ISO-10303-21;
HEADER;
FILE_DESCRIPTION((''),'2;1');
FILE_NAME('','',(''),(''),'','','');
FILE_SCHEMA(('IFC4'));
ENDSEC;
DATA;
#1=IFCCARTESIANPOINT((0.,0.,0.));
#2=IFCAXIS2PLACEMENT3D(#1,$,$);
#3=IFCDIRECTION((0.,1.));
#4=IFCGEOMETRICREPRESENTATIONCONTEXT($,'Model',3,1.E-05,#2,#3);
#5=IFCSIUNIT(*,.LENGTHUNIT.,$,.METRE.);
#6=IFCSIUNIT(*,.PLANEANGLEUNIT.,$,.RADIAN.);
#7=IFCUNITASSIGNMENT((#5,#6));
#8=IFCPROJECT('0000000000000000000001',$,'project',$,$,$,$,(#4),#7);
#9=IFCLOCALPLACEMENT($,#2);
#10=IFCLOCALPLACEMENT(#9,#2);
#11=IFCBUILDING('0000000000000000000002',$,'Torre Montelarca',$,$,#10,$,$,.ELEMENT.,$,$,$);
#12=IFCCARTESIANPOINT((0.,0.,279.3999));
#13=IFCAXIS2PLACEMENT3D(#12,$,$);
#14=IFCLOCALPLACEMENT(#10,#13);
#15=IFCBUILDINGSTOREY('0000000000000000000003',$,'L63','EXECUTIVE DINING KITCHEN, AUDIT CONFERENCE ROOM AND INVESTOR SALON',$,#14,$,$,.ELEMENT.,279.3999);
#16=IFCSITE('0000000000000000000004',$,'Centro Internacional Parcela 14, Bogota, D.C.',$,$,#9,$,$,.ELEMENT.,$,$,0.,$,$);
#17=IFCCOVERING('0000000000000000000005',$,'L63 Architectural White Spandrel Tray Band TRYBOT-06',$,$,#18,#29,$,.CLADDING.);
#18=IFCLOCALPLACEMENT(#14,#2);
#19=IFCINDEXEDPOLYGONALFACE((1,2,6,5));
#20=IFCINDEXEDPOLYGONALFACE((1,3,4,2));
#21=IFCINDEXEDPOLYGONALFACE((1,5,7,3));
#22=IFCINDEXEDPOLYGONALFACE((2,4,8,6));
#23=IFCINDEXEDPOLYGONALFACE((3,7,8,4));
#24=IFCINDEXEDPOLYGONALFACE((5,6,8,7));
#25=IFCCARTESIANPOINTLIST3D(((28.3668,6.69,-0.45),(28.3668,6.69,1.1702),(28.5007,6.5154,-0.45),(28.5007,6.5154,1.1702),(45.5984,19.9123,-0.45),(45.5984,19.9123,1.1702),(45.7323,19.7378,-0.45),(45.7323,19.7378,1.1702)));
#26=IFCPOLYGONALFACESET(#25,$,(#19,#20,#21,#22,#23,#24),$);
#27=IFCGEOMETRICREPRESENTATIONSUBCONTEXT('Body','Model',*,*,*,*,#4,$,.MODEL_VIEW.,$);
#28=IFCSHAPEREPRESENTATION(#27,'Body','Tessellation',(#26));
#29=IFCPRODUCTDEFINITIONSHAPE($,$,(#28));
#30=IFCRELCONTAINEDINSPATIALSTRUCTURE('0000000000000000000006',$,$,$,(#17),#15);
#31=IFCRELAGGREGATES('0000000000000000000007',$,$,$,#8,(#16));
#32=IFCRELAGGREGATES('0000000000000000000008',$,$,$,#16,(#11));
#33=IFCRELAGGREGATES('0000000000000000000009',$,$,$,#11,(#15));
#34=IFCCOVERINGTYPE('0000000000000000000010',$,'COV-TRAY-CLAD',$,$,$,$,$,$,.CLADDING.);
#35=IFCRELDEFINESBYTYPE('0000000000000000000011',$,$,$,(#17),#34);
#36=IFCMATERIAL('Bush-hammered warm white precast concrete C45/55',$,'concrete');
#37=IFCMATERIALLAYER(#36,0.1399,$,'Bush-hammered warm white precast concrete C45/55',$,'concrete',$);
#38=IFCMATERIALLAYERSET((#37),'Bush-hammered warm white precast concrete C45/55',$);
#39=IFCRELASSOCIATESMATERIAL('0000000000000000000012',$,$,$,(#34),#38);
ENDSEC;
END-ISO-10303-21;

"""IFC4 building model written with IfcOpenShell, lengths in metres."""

from ifc_helpers import new_model, si_unit, direction, frame, origin, origin_2d, place, context, subcontext, project, spatial, rectangle, extrude, source, transform, mapped, material, layer, layer_set, type_object, element, save


model = new_model("IFC4")

# Units and contexts
model_context = context("Model", 3, precision=1e-05, world=origin(), true_north=direction((0.0, 1.0)))
body_context = subcontext(model_context, "Body", "Model", "MODEL_VIEW")
ifc_project = project(units=[si_unit("LENGTHUNIT", "METRE"), si_unit("PLANEANGLEUNIT", "RADIAN")], contexts=[model_context])

# Site, building, storey
site_placement = place(None, origin())
site = spatial("IfcSite", under=ifc_project, at=site_placement, Name="Centro Internacional Parcela 14, Bogota, D.C.", CompositionType="ELEMENT", RefElevation=0.0)
building_placement = place(site_placement, origin())
building = spatial("IfcBuilding", under=site, at=building_placement, Name="Torre Montelarca", CompositionType="ELEMENT")
storey_placement = place(building_placement, frame((0.0, 0.0, 279.3999)))
storey = spatial("IfcBuildingStorey", under=building, at=storey_placement, Name="L63", Description="EXECUTIVE DINING KITCHEN, AUDIT CONFERENCE ROOM AND INVESTOR SALON", CompositionType="ELEMENT", Elevation=279.3999)

# Covering
ifc_material_1 = material(Name="Bush-hammered warm white precast concrete C45/55", Category="concrete")
ifc_layer_1 = layer(ifc_material_1, 0.1399, Name="Bush-hammered warm white precast concrete C45/55", Category="concrete")
ifc_layer_set_1 = layer_set([ifc_layer_1], Name="Bush-hammered warm white precast concrete C45/55")
covering_type = type_object("IfcCoveringType", Name="COV-TRAY-CLAD", PredefinedType="CLADDING", material=ifc_layer_set_1)
shared_shape_1 = source(origin(), body_context, "Body", "SweptSolid", [
    extrude(rectangle(XDim=21.72, YDim=0.22, at=origin_2d()), origin(), (0.0, 0.0, 1.0), 1.6201),
])
covering_1_placement = place(storey_placement, frame((37.0496, 13.2139, -0.45), z_axis=(0.0, 0.0, 1.0), x_axis=(0.793351, 0.608764, 0.0)))
element("IfcCovering", 1, at=covering_1_placement, inside=storey, type_object=covering_type, Name="L63 Architectural White Spandrel Tray Band TRYBOT-06", PredefinedType="CLADDING", context=body_context, shape_type="MappedRepresentation", body=[
    mapped(shared_shape_1, transform((0.0, 0.0, 0.0), scale=1.0)),
])

save(model, "model.ifc")
